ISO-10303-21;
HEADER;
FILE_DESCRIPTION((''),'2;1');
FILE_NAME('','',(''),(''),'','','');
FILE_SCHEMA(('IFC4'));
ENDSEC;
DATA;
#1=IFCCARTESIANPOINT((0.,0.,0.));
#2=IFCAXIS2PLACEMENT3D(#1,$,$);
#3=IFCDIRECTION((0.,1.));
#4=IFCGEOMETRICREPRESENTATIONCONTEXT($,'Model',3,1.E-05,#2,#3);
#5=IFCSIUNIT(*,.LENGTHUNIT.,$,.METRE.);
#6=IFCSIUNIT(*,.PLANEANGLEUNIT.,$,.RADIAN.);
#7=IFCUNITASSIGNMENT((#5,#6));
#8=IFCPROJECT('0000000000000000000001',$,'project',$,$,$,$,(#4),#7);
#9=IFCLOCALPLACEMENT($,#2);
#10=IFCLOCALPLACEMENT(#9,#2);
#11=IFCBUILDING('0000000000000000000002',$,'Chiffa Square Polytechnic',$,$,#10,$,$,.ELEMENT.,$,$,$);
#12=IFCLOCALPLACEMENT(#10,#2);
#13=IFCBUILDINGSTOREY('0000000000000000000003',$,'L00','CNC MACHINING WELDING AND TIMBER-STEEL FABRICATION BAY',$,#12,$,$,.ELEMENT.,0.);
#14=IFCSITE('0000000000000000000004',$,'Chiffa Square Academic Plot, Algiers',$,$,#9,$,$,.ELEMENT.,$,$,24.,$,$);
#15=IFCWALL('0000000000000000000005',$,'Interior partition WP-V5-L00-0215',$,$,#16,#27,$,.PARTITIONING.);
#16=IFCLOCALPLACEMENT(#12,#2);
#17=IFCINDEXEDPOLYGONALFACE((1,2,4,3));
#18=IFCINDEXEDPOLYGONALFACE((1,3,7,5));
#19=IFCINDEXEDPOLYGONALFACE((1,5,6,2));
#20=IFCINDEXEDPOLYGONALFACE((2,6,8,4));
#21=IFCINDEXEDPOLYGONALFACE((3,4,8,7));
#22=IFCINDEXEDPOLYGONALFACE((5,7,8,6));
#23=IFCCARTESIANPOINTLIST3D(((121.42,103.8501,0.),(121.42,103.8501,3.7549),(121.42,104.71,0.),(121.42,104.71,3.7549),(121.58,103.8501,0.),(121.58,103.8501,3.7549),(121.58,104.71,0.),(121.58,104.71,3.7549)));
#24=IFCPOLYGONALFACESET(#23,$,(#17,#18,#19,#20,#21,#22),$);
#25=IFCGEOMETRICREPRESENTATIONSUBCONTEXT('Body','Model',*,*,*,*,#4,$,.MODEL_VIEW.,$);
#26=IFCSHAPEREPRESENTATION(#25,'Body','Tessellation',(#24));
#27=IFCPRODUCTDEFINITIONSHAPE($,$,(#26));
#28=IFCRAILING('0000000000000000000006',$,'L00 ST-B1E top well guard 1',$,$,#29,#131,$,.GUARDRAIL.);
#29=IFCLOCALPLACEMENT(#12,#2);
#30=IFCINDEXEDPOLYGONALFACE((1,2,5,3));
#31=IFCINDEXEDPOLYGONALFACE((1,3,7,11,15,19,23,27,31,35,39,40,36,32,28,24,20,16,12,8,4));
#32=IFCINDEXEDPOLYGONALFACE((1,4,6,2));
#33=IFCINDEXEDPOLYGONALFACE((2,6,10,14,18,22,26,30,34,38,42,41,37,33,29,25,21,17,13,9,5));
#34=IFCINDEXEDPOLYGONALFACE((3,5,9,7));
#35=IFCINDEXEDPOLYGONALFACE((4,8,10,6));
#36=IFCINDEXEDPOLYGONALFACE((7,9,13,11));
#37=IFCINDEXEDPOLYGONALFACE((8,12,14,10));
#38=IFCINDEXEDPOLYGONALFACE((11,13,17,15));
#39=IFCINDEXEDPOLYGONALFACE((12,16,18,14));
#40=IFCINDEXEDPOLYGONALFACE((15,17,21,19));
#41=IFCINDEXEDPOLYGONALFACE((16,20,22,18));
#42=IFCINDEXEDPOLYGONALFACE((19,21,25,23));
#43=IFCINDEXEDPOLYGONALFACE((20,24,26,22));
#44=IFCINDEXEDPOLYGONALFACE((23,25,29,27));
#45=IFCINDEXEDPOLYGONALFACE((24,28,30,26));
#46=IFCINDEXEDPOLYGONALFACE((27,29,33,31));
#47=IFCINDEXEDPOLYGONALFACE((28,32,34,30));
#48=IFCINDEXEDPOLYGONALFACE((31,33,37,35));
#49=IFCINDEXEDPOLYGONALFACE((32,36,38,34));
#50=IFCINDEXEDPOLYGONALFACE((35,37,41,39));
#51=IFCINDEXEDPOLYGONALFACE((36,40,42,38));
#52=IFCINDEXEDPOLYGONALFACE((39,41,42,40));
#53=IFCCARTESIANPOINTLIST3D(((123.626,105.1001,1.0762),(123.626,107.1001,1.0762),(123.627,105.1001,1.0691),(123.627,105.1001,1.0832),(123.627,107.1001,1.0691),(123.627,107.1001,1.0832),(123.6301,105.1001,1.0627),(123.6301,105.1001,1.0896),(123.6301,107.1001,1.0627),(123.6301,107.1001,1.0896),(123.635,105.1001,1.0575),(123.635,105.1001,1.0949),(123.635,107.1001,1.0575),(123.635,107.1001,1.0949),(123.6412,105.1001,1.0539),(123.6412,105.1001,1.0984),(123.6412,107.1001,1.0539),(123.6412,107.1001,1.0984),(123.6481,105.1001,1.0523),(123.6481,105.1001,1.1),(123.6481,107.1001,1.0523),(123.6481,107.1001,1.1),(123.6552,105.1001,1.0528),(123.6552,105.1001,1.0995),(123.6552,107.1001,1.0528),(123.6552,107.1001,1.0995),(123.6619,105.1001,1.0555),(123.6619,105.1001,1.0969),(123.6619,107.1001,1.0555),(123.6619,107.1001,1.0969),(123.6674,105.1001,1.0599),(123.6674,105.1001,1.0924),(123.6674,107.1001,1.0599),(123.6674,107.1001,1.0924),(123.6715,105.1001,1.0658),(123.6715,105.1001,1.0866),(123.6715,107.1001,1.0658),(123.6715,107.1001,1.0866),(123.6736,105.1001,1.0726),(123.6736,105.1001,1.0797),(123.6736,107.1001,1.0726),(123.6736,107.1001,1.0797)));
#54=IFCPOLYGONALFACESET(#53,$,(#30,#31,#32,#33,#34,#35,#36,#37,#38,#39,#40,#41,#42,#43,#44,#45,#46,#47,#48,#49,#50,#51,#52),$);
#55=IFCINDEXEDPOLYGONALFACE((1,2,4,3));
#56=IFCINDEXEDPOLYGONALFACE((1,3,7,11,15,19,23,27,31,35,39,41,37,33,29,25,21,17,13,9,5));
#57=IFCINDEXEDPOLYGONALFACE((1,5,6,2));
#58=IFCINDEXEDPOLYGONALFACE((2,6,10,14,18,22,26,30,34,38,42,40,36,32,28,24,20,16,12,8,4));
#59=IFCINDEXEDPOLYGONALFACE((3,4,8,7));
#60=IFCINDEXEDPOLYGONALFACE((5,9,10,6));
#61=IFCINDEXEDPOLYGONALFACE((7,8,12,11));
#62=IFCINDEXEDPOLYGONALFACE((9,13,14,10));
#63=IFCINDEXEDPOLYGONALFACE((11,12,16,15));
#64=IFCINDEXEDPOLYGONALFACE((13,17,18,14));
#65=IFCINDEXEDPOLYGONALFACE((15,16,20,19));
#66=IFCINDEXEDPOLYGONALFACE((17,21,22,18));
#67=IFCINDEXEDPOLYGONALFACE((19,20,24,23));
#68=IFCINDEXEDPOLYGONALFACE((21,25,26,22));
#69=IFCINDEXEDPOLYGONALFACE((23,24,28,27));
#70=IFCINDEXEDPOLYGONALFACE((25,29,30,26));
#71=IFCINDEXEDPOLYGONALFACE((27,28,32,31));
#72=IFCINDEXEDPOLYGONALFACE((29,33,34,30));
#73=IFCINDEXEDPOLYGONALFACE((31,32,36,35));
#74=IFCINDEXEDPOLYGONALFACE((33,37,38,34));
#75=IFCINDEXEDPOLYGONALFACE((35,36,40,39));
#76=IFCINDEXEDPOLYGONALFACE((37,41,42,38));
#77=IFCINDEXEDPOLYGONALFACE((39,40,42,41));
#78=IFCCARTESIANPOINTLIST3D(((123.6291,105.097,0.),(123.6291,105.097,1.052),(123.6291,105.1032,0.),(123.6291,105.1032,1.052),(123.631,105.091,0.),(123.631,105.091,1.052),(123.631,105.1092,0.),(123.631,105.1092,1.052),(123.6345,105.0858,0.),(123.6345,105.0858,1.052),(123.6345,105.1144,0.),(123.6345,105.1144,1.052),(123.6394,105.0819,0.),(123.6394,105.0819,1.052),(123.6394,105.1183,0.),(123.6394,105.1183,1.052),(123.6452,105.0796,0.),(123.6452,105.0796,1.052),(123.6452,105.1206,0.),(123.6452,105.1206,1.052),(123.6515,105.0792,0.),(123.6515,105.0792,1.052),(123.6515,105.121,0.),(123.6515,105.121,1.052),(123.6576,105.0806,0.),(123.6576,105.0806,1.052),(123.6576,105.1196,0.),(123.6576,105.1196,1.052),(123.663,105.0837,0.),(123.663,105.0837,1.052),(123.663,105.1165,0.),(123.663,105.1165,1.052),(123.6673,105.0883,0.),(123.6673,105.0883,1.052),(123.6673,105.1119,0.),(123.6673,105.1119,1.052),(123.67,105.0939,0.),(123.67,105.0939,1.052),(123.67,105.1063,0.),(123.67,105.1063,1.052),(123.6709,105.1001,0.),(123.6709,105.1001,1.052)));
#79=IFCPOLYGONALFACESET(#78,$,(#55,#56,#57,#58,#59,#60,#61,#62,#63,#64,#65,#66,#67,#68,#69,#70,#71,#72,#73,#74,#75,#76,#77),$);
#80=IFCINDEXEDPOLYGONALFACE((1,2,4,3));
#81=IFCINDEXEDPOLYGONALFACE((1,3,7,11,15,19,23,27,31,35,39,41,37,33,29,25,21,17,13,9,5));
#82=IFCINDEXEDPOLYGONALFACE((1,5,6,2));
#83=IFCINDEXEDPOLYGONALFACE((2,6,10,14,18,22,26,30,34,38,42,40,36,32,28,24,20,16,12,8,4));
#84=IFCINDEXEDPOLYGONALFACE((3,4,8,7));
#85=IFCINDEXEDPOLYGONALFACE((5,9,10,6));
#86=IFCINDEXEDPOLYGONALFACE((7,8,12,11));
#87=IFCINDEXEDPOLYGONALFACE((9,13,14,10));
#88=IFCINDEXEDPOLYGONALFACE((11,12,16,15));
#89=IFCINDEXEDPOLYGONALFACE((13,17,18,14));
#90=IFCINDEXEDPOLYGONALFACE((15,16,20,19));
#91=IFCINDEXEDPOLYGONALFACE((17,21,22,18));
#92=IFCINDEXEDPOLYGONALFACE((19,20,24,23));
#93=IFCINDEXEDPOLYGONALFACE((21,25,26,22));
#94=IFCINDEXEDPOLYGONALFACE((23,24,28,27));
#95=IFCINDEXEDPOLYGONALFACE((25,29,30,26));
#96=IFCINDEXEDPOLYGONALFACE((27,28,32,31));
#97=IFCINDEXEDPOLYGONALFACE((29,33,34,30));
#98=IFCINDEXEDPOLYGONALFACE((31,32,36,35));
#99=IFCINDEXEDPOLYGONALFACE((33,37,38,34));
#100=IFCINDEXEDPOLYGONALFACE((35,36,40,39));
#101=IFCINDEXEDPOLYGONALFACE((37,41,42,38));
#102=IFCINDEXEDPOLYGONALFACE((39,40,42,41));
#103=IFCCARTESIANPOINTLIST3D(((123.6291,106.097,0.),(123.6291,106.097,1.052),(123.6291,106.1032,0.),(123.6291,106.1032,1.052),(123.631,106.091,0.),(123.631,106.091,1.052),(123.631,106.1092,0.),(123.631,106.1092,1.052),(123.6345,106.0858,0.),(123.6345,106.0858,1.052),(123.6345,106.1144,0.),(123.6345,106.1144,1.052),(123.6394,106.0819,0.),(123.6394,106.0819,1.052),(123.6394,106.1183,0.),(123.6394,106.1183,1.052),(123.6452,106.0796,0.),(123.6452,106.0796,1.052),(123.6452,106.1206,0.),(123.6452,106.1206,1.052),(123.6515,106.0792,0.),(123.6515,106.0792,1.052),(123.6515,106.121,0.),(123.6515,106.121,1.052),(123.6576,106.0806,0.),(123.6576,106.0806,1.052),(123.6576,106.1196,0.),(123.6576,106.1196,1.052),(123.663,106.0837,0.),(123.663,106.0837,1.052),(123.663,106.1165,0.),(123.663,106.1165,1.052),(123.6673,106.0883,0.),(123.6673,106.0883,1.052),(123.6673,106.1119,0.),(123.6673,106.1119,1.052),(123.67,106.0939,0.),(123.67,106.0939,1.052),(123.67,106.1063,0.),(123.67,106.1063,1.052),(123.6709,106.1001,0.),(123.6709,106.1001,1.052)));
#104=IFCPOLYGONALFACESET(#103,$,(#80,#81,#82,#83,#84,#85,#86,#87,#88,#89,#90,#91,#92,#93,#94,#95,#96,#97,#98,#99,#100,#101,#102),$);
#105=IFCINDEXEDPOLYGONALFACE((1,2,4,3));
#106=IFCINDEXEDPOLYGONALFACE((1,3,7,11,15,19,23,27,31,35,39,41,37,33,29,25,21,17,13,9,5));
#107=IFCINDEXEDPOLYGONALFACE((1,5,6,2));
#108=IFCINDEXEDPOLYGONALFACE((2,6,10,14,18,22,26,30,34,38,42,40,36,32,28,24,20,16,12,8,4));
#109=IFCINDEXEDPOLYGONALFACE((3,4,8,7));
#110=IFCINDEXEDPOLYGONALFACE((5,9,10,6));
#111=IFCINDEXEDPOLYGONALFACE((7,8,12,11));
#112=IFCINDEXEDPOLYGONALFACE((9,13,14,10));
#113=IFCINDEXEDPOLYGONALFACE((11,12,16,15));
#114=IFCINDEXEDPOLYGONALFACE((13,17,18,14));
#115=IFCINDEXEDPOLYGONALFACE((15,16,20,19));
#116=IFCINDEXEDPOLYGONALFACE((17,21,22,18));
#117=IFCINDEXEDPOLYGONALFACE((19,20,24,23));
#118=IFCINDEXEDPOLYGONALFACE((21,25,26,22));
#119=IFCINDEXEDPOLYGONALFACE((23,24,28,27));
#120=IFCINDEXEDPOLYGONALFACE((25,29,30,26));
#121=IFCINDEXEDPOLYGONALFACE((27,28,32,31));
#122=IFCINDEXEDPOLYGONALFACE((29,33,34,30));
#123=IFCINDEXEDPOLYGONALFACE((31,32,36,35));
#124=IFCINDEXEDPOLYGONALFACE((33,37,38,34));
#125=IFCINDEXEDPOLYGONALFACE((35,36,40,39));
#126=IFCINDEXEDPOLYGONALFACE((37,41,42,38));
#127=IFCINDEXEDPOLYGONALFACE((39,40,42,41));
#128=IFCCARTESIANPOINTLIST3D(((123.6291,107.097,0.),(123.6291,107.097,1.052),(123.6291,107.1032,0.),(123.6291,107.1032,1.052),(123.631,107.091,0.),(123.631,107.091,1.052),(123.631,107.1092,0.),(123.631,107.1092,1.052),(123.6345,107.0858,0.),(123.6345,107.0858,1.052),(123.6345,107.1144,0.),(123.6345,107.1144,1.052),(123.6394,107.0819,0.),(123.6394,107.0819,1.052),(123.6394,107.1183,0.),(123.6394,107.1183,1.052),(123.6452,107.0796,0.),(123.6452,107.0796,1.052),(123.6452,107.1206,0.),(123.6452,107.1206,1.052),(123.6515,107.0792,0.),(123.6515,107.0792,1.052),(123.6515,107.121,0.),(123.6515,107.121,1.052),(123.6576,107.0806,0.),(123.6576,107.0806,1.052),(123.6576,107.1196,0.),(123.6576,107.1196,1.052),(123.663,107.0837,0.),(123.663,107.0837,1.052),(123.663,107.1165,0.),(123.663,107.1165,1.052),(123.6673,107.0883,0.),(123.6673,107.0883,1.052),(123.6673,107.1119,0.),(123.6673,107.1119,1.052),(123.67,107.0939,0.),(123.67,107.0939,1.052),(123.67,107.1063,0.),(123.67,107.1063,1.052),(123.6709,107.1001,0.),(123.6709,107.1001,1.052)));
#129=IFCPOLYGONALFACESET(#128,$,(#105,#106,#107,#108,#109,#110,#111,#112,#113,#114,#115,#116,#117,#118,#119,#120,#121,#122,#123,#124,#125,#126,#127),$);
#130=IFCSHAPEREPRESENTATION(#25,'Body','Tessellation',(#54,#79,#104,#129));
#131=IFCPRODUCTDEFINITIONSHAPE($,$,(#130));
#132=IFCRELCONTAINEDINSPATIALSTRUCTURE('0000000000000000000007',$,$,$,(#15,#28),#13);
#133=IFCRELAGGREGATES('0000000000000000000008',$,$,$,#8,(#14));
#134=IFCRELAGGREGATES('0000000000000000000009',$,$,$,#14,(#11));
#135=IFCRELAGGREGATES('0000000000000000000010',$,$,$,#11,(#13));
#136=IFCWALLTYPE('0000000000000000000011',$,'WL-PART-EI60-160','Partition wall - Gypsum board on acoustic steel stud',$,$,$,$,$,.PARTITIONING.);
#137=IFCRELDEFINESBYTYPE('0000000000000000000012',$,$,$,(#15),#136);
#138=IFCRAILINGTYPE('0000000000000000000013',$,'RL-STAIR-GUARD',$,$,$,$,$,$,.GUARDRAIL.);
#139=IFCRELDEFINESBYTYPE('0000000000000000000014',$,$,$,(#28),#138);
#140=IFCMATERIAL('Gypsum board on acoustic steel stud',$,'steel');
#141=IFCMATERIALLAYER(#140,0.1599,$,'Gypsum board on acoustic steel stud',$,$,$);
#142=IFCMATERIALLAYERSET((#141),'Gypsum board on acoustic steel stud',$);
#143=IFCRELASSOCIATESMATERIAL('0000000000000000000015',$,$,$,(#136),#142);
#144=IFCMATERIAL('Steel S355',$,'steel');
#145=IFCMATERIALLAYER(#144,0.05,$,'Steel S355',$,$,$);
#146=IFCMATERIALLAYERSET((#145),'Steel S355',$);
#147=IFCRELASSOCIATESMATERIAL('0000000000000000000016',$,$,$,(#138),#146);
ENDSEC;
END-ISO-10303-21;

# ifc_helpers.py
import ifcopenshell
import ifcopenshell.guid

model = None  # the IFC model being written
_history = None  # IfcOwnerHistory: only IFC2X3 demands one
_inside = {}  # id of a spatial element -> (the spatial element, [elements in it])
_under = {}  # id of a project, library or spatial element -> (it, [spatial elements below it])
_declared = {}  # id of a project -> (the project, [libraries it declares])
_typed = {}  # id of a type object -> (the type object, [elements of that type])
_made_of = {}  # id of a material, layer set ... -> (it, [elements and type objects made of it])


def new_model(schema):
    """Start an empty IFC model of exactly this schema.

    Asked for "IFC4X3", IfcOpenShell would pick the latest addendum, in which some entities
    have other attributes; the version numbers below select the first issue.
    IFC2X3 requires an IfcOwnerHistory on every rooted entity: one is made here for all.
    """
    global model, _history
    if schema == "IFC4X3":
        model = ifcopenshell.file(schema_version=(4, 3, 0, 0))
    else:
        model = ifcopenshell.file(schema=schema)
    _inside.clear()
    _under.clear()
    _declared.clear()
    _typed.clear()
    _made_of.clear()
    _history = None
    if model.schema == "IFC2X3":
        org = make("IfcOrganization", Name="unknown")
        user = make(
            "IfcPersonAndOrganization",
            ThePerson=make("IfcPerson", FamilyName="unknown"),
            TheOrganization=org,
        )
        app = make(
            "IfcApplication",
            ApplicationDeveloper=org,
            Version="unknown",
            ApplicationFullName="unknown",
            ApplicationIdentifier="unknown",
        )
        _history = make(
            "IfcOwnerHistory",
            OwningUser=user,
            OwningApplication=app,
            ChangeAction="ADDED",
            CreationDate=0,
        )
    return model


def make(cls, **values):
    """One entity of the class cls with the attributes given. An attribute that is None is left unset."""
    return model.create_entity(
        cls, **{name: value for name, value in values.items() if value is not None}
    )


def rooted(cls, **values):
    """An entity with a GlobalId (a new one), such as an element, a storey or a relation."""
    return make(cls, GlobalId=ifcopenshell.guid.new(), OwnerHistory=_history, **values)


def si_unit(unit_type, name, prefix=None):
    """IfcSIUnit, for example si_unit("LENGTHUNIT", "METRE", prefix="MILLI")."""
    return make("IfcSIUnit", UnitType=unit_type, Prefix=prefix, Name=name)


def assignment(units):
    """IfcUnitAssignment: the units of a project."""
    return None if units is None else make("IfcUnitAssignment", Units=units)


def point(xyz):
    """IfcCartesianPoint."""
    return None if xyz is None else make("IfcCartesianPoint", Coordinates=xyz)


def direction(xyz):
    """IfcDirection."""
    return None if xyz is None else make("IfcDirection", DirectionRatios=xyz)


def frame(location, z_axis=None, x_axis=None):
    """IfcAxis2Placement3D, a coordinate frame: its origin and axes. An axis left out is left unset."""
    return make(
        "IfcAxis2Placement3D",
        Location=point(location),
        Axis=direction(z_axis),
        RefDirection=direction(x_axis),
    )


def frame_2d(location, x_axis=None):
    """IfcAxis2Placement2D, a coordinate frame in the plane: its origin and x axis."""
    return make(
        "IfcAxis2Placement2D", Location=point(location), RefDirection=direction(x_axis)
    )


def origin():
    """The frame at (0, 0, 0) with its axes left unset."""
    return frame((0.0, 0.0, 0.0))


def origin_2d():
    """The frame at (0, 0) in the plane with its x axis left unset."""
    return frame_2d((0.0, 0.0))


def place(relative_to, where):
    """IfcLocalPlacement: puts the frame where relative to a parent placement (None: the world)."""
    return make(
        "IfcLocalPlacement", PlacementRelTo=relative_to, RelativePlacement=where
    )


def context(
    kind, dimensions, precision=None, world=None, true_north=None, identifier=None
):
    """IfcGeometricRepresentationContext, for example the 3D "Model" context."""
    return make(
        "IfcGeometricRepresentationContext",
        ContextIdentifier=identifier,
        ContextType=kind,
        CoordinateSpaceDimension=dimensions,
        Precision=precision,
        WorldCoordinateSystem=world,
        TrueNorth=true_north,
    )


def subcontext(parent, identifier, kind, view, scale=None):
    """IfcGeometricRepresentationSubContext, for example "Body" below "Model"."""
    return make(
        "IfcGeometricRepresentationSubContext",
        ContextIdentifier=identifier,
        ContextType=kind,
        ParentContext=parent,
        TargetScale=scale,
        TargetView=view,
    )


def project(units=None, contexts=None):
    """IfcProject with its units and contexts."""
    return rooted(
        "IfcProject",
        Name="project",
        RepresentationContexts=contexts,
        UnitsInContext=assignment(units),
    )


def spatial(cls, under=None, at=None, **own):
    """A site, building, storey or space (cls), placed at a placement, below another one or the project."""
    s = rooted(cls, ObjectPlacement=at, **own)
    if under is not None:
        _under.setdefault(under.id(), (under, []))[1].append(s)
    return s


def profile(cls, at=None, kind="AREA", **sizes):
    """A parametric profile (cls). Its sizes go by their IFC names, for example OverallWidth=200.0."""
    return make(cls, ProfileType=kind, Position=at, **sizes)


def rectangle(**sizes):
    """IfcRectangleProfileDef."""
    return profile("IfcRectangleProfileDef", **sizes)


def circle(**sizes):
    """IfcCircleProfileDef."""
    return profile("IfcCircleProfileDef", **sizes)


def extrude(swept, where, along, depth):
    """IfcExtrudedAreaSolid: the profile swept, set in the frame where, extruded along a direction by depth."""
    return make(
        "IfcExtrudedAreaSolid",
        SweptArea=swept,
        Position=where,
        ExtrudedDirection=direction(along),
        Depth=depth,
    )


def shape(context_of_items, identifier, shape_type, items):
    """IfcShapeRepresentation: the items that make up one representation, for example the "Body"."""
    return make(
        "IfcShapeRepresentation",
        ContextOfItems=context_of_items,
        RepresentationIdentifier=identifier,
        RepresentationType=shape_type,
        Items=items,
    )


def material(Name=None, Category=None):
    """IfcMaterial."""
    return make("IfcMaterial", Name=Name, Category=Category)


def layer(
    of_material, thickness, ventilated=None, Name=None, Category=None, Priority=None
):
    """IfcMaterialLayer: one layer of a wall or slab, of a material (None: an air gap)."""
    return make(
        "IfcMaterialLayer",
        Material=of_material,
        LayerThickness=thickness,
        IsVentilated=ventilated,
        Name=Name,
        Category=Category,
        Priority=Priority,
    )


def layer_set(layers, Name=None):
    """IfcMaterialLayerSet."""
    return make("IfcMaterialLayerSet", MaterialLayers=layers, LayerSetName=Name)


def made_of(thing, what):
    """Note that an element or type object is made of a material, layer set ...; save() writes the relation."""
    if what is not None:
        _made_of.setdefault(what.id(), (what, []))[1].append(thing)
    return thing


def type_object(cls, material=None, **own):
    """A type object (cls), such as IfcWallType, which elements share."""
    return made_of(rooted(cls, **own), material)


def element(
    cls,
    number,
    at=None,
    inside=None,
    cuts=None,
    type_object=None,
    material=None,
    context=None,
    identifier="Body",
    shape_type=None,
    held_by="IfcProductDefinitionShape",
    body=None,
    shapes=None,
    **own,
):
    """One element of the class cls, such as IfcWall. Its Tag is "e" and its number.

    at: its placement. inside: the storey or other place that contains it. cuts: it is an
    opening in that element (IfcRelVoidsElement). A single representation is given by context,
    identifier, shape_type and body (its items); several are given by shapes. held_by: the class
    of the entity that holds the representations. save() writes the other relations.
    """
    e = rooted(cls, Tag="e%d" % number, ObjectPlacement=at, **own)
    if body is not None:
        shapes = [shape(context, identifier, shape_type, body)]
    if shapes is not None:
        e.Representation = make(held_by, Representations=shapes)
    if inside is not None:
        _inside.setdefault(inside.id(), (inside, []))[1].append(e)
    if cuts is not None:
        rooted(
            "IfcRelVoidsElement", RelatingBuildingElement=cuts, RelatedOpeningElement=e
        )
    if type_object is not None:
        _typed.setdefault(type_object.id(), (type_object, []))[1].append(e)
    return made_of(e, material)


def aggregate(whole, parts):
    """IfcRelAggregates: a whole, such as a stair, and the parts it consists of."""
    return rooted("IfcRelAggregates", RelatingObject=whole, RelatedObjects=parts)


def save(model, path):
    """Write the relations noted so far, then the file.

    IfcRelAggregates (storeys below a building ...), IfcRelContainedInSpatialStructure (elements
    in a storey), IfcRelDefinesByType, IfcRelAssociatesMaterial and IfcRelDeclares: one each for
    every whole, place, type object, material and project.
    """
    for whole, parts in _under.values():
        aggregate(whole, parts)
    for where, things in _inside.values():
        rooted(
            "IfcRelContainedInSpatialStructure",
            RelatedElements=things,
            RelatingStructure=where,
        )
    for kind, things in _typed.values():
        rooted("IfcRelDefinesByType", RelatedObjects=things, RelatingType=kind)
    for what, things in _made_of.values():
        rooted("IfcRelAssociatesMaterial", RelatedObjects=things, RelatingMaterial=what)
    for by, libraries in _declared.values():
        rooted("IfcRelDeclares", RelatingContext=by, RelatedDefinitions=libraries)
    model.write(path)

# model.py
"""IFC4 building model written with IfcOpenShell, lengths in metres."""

from ifc_helpers import new_model, si_unit, direction, frame, frame_2d, origin, origin_2d, place, context, subcontext, project, spatial, rectangle, circle, extrude, material, layer, layer_set, type_object, element, save


model = new_model("IFC4")

# Units and contexts
model_context = context("Model", 3, precision=1e-05, world=origin(), true_north=direction((0.0, 1.0)))
body_context = subcontext(model_context, "Body", "Model", "MODEL_VIEW")
ifc_project = project(units=[si_unit("LENGTHUNIT", "METRE"), si_unit("PLANEANGLEUNIT", "RADIAN")], contexts=[model_context])

# Site, building, storey
site_placement = place(None, origin())
site = spatial("IfcSite", under=ifc_project, at=site_placement, Name="Chiffa Square Academic Plot, Algiers", CompositionType="ELEMENT", RefElevation=24.0)
building_placement = place(site_placement, origin())
building = spatial("IfcBuilding", under=site, at=building_placement, Name="Chiffa Square Polytechnic", CompositionType="ELEMENT")
storey_placement = place(building_placement, origin())
storey = spatial("IfcBuildingStorey", under=building, at=storey_placement, Name="L00", Description="CNC MACHINING WELDING AND TIMBER-STEEL FABRICATION BAY", CompositionType="ELEMENT", Elevation=0.0)

# Wall
ifc_material_1 = material(Name="Gypsum board on acoustic steel stud", Category="steel")
ifc_layer_1 = layer(ifc_material_1, 0.1599, Name="Gypsum board on acoustic steel stud")
ifc_layer_set_1 = layer_set([ifc_layer_1], Name="Gypsum board on acoustic steel stud")
wall_type_1 = type_object("IfcWallType", Name="WL-PART-EI60-160", Description="Partition wall - Gypsum board on acoustic steel stud", PredefinedType="PARTITIONING", material=ifc_layer_set_1)
wall_1_placement = place(storey_placement, frame((121.5, 103.8501, 0.0), z_axis=(0.0, 0.0, 1.0), x_axis=(0.0, 1.0, 0.0)))
element("IfcWall", 1, at=wall_1_placement, inside=storey, type_object=wall_type_1, Name="Interior partition WP-V5-L00-0215", PredefinedType="PARTITIONING", context=body_context, shape_type="SweptSolid", body=[
    extrude(rectangle(XDim=0.8599, YDim=0.1599, at=frame_2d((0.4299, 0.0))), origin(), (0.0, 0.0, 1.0), 3.7549),
])

# Railing
ifc_material_2 = material(Name="Steel S355", Category="steel")
ifc_layer_2 = layer(ifc_material_2, 0.05, Name="Steel S355")
ifc_layer_set_2 = layer_set([ifc_layer_2], Name="Steel S355")
railing_type = type_object("IfcRailingType", Name="RL-STAIR-GUARD", PredefinedType="GUARDRAIL", material=ifc_layer_set_2)
railing_placement = place(storey_placement, frame((123.6499, 105.1001, 0.0)))
element("IfcRailing", 2, at=railing_placement, inside=storey, type_object=railing_type, Name="L00 ST-B1E top well guard 1", PredefinedType="GUARDRAIL", context=body_context, shape_type="SweptSolid", body=[
    extrude(circle(Radius=0.0239, at=origin_2d()), frame((0.0, 0.0, 1.0762), z_axis=(0.0, 1.0, 0.0), x_axis=(-1.0, 0.0, 0.0)), (0.0, 0.0, 1.0), 2.0),
    extrude(circle(Radius=0.021, at=origin_2d()), origin(), (0.0, 0.0, 1.0), 1.052),
    extrude(circle(Radius=0.021, at=origin_2d()), frame((0.0, 1.0, 0.0)), (0.0, 0.0, 1.0), 1.052),
    extrude(circle(Radius=0.021, at=origin_2d()), frame((0.0, 2.0, 0.0)), (0.0, 0.0, 1.0), 1.052),
])

save(model, "model.ifc")
